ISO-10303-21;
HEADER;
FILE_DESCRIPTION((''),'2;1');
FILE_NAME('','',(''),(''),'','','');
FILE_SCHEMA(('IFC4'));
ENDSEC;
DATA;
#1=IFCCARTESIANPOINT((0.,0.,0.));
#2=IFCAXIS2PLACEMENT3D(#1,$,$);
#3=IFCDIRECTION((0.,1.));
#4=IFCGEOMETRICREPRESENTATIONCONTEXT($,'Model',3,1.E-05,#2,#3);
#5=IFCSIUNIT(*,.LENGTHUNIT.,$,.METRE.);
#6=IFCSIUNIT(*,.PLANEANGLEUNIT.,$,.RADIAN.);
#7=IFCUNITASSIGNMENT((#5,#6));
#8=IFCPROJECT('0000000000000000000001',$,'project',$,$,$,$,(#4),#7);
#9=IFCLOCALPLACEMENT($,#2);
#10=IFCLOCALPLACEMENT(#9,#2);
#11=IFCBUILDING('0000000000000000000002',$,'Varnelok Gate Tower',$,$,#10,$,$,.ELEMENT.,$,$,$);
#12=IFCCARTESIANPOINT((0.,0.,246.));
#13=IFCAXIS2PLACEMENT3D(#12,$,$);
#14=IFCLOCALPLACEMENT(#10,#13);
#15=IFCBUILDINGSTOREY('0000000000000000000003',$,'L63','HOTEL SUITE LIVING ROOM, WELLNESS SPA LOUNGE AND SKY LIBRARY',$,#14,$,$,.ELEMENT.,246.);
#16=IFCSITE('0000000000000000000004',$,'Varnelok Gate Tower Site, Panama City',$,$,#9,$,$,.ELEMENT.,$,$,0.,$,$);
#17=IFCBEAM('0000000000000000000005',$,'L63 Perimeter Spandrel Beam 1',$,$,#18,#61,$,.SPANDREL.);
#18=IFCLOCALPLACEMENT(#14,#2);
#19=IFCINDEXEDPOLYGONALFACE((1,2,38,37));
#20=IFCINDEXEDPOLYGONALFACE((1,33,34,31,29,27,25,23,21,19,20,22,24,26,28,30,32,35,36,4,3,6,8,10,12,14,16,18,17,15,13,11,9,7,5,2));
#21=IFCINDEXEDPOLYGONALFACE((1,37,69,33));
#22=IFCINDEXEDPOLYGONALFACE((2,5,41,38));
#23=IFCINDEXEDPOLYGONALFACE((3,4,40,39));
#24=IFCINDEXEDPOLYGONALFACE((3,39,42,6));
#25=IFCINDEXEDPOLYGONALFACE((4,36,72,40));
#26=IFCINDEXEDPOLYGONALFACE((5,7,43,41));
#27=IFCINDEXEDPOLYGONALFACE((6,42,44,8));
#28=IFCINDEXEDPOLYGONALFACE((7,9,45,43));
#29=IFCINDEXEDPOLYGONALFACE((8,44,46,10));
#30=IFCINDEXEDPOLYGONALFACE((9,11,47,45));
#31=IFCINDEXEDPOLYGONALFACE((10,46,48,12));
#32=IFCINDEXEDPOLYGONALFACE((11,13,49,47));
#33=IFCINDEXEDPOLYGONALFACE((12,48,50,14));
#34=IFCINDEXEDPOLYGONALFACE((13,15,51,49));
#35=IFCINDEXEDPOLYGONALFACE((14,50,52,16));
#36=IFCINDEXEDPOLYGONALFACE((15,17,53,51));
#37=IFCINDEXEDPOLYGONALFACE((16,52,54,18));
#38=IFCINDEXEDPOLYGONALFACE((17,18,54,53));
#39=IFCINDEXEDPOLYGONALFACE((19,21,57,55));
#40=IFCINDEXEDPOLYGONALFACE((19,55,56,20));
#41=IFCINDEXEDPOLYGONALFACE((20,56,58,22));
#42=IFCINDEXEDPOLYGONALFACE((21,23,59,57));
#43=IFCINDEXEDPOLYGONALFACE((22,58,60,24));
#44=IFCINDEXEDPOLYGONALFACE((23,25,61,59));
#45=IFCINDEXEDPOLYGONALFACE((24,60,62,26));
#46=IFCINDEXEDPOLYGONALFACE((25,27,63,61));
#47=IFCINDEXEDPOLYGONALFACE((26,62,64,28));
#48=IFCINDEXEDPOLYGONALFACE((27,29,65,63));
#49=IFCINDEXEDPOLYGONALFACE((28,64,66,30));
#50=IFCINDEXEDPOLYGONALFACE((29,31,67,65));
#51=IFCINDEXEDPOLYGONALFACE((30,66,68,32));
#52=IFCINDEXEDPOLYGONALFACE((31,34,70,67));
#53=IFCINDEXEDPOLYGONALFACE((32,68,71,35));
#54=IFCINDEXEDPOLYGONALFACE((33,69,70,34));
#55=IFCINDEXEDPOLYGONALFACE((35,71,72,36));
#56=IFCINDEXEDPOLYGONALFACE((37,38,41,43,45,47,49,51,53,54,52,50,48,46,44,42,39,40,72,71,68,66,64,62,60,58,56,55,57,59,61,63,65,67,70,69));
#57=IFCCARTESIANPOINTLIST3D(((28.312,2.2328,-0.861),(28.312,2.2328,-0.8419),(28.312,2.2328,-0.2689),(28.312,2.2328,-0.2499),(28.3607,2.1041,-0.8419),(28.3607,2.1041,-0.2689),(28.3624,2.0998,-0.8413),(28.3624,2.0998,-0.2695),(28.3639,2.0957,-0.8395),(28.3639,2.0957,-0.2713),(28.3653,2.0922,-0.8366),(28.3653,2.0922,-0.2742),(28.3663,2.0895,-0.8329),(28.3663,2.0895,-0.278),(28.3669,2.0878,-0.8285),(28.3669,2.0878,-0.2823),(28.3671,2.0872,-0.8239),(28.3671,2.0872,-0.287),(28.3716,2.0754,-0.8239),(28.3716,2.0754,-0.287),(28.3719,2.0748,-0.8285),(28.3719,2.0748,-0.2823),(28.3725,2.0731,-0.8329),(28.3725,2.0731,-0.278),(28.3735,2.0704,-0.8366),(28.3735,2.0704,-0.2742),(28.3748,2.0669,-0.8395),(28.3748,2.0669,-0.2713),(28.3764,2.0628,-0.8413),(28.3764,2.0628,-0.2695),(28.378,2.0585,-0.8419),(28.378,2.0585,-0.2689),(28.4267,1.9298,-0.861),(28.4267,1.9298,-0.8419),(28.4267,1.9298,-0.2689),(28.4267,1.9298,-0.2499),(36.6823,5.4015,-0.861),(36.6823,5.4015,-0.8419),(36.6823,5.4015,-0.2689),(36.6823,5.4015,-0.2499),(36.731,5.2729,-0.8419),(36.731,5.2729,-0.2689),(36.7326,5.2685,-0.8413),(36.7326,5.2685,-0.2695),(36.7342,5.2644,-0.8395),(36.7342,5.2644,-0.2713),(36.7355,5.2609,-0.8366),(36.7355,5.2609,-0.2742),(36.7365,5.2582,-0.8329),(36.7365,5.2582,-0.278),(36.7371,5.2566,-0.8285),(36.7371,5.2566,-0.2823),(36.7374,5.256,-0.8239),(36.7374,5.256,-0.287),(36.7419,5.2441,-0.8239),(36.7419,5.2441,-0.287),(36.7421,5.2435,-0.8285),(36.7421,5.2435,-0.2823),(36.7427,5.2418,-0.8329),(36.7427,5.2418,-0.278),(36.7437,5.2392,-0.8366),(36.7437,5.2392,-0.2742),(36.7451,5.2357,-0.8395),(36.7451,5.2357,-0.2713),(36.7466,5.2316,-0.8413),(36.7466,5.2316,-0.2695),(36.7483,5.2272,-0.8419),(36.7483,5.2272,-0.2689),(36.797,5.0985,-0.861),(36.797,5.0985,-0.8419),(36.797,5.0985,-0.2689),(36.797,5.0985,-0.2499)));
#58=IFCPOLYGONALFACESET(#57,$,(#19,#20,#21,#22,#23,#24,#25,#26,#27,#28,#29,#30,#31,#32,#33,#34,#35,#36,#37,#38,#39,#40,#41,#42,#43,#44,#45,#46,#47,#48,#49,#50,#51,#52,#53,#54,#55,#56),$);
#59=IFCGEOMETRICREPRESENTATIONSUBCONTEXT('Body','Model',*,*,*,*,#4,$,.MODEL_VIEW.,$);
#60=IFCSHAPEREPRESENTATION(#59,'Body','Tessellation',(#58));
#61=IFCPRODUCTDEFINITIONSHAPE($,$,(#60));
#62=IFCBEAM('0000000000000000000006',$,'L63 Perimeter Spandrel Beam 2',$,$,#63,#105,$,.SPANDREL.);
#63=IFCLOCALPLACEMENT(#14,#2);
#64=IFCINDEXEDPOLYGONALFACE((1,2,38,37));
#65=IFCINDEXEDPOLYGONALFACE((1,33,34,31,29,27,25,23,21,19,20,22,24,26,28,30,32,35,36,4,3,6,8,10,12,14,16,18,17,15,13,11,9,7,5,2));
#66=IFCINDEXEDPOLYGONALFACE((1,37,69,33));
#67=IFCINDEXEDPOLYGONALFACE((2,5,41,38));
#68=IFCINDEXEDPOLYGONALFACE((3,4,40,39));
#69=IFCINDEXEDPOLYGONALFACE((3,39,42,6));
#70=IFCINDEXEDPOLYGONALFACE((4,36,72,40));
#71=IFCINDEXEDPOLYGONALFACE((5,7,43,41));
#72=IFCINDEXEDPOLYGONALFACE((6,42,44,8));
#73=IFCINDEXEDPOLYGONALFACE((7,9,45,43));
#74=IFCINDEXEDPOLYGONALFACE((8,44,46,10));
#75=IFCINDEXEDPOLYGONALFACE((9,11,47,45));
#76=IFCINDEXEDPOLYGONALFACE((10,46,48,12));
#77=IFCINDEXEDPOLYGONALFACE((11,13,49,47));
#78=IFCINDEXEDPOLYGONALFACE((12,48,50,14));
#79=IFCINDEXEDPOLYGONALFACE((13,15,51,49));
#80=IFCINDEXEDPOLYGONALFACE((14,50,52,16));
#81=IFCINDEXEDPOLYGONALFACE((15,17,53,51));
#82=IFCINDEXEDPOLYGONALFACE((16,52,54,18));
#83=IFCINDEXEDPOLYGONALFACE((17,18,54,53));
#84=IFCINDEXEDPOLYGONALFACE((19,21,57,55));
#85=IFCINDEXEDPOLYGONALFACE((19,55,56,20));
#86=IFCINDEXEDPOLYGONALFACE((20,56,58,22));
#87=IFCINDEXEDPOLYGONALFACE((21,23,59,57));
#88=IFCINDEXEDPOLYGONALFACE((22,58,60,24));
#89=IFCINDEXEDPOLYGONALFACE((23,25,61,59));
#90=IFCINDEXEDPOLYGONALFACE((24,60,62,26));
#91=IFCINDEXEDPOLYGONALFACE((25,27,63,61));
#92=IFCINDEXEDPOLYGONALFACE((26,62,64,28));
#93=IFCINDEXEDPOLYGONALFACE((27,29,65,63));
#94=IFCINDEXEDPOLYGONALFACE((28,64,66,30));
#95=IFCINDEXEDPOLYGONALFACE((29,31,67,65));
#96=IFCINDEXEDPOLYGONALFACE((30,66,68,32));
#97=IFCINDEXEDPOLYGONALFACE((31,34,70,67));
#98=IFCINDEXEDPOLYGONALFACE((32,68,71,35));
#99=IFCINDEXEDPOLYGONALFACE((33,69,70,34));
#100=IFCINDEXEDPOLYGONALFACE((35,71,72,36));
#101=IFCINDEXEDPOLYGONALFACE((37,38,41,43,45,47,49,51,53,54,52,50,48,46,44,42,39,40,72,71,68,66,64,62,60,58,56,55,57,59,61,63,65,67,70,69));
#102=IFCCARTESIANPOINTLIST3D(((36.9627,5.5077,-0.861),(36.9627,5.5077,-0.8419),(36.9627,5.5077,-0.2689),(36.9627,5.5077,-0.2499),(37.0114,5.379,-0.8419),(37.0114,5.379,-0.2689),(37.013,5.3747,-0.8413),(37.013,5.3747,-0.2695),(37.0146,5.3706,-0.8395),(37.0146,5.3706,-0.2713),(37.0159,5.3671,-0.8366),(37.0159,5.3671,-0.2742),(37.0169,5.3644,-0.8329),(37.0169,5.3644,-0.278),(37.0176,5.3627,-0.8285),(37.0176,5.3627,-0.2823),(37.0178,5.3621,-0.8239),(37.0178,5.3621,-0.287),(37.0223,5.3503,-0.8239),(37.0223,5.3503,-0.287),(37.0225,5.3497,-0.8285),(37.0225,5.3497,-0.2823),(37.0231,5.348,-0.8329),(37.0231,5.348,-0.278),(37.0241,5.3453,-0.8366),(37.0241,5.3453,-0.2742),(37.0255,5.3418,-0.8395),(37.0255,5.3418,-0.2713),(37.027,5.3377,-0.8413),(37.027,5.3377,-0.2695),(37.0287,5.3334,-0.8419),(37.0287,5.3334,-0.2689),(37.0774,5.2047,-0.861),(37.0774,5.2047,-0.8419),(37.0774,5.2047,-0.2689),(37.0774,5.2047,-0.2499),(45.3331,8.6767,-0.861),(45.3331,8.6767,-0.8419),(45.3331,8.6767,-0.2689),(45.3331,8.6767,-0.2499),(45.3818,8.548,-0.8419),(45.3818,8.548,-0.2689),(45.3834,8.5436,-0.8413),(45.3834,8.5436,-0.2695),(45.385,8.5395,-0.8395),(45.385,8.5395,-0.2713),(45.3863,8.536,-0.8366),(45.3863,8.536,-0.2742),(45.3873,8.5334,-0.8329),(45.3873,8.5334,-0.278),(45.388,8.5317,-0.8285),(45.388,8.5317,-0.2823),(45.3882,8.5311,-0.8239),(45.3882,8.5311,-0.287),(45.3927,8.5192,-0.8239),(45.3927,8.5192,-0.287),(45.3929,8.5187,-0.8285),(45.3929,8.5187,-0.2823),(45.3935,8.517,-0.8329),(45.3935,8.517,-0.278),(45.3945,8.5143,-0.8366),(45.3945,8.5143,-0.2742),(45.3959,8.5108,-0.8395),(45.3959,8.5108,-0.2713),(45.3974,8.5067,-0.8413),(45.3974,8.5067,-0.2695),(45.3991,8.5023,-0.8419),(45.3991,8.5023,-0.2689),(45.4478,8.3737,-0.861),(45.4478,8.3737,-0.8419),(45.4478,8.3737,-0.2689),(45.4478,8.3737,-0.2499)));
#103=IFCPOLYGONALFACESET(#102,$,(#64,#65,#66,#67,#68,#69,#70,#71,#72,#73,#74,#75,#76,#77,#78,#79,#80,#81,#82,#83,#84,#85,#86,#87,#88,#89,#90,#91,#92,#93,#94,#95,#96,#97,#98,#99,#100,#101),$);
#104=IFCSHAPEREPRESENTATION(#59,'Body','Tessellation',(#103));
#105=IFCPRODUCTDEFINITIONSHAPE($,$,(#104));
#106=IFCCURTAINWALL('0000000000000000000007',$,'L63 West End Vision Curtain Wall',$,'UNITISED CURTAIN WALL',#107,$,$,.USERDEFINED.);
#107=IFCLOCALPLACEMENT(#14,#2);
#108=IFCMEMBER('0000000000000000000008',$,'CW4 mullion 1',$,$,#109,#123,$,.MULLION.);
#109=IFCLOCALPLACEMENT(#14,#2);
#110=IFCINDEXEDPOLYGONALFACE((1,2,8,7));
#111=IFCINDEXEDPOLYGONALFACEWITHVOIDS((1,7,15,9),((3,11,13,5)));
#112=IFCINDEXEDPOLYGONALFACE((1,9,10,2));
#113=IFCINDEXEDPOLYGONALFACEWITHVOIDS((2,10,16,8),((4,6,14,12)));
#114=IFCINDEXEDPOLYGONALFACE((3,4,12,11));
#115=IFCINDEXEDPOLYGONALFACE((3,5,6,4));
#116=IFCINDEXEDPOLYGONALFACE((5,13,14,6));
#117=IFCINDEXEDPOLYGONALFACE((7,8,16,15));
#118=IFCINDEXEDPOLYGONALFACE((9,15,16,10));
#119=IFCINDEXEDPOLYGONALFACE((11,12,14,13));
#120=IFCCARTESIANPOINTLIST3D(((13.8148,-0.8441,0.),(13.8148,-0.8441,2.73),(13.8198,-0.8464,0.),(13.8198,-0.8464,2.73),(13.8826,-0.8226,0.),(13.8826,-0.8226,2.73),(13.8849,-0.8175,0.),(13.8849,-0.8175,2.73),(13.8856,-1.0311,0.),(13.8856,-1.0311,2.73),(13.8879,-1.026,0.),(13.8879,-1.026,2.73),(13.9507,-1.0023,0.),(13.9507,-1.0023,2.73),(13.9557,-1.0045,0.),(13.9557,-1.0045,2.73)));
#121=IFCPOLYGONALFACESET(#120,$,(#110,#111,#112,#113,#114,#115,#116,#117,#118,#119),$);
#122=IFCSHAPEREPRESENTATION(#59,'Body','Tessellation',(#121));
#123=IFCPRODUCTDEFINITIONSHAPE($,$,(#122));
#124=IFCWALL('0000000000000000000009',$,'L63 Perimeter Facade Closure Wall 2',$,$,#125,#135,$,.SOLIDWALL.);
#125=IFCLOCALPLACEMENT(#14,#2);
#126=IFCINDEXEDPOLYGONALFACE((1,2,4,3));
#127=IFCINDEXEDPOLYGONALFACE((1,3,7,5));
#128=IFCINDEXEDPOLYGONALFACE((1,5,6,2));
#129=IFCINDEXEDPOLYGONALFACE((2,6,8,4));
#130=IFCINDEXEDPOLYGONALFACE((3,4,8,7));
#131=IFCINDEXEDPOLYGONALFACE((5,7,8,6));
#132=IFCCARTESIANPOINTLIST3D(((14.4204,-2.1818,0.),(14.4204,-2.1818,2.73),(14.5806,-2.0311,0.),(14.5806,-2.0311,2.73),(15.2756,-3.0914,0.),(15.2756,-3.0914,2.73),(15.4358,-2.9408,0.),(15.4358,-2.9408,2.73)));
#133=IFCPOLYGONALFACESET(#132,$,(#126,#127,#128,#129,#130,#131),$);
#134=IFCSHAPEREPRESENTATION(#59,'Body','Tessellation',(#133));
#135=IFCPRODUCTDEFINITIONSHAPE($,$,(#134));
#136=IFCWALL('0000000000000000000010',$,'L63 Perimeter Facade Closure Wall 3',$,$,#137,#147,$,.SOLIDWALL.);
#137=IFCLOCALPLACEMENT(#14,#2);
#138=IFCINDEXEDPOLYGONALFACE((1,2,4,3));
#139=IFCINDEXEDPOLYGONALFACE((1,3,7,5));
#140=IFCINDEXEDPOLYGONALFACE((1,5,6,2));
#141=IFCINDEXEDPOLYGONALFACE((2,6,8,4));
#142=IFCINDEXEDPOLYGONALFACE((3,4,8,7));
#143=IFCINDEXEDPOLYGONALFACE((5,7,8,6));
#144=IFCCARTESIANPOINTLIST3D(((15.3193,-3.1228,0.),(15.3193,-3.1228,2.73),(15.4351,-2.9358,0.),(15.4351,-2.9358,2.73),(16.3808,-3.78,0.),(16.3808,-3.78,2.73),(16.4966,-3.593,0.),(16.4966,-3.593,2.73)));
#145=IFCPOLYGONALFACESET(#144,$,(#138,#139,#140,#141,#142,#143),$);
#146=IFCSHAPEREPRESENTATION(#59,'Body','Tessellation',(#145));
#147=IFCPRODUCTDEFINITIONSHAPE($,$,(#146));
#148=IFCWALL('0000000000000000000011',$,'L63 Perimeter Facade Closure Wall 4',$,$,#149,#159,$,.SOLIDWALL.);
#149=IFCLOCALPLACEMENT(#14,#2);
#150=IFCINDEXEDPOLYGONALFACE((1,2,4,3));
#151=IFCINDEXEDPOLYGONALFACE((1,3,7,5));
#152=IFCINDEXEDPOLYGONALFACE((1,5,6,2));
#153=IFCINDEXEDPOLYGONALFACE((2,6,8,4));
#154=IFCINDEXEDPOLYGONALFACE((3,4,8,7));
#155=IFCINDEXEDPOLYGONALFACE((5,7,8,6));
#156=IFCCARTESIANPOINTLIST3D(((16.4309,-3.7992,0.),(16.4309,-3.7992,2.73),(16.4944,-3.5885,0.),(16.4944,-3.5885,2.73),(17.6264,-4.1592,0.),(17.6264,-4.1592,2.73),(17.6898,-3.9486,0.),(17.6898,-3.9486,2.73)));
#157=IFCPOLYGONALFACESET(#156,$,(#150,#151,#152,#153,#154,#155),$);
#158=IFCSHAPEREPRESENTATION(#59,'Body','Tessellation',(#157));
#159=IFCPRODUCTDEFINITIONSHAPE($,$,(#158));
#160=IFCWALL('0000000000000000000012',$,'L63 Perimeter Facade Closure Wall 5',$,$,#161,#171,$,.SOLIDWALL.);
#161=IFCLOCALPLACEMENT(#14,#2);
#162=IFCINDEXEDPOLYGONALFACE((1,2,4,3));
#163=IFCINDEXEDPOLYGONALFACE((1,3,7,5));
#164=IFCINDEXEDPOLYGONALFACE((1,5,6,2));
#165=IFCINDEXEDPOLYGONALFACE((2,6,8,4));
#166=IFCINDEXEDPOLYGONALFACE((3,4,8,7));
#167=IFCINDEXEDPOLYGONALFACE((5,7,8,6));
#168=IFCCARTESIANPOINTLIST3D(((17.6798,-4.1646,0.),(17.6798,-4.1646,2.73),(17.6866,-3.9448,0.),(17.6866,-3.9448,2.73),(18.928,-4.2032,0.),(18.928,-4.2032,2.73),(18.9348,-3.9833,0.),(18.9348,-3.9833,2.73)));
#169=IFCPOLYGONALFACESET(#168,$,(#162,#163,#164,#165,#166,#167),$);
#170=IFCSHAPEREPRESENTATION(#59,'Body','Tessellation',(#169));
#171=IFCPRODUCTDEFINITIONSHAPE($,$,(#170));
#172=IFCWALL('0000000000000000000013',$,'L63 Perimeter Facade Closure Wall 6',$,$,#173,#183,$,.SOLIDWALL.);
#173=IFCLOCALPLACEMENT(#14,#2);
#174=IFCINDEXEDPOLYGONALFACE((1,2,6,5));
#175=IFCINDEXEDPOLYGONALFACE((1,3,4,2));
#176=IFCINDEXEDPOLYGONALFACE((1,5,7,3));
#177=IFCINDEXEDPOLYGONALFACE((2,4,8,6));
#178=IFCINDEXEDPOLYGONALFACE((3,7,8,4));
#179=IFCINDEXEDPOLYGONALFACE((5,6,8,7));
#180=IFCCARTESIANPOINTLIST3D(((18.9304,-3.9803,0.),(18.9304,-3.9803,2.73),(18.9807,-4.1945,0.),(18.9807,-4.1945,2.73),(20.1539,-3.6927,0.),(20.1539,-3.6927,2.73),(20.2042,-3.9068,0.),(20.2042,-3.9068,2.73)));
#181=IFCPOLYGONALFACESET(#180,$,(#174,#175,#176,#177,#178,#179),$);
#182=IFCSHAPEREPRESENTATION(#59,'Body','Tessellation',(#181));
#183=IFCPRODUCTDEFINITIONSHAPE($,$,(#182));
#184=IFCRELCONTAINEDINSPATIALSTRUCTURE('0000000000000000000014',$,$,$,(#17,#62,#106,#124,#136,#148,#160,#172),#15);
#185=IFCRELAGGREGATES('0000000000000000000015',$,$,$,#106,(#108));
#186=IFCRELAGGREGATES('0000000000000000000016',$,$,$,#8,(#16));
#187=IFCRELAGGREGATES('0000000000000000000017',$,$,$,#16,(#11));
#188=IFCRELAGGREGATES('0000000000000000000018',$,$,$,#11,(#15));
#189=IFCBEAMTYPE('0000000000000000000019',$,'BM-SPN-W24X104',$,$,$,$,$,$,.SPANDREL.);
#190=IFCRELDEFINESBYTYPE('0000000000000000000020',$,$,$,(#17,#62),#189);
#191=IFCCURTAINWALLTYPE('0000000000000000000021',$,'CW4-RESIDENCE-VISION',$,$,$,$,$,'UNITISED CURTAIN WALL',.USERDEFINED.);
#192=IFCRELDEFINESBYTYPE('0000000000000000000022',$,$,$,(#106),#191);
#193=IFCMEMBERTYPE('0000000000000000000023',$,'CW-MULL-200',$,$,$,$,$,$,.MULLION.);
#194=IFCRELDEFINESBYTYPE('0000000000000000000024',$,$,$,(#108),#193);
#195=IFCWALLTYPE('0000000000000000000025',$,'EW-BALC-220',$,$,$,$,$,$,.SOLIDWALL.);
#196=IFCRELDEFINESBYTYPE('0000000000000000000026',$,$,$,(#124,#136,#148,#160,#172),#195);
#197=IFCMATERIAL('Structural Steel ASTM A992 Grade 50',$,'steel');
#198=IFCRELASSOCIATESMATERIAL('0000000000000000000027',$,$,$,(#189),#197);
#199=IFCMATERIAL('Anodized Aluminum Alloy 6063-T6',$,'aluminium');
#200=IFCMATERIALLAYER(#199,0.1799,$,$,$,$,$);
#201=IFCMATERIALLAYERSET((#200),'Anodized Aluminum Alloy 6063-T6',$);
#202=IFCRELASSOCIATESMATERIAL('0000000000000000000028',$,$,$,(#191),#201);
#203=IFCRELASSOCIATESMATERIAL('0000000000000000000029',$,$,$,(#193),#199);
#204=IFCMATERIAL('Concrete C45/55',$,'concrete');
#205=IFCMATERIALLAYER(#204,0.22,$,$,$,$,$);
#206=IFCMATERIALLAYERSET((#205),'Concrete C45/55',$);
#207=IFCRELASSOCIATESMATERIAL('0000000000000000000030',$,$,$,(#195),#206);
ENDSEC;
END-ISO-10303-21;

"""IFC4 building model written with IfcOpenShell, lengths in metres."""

from ifc_helpers import new_model, si_unit, direction, frame, frame_2d, origin, origin_2d, place, context, subcontext, project, spatial, rectangle, hollow_rectangle, i_section, extrude, material, layer, layer_set, material_profile, profile_set, type_object, element, aggregate, save


model = new_model("IFC4")

# Units and contexts
model_context = context("Model", 3, precision=1e-05, world=origin(), true_north=direction((0.0, 1.0)))
body_context = subcontext(model_context, "Body", "Model", "MODEL_VIEW")
ifc_project = project(units=[si_unit("LENGTHUNIT", "METRE"), si_unit("PLANEANGLEUNIT", "RADIAN")], contexts=[model_context])

# Site, building, storey
site_placement = place(None, origin())
site = spatial("IfcSite", under=ifc_project, at=site_placement, Name="Varnelok Gate Tower Site, Panama City", CompositionType="ELEMENT", RefElevation=0.0)
building_placement = place(site_placement, origin())
building = spatial("IfcBuilding", under=site, at=building_placement, Name="Varnelok Gate Tower", CompositionType="ELEMENT")
storey_placement = place(building_placement, frame((0.0, 0.0, 246.0)))
storey = spatial("IfcBuildingStorey", under=building, at=storey_placement, Name="L63", Description="HOTEL SUITE LIVING ROOM, WELLNESS SPA LOUNGE AND SKY LIBRARY", CompositionType="ELEMENT", Elevation=246.0)

# Shared definitions
ifc_material_1 = material(Name="Structural Steel ASTM A992 Grade 50", Category="steel")

# Beams
ifc_material_profile_1 = material_profile(ifc_material_1, i_section(OverallWidth=0.324, OverallDepth=0.6111, WebThickness=0.0127, FlangeThickness=0.019, FilletRadius=0.0181, at=origin_2d()), Name="W24X104")
ifc_profile_set_1 = profile_set([ifc_material_profile_1], Name="Structural Steel ASTM A992 Grade 50")
beam_type_1 = type_object("IfcBeamType", Name="BM-SPN-W24X104", PredefinedType="SPANDREL", material=ifc_profile_set_1)
beam_1_placement = place(storey_placement, frame((28.3694, 2.0813, -0.5554), z_axis=(0.935226, 0.354051, 0.0), x_axis=(-0.354051, 0.935226, 0.0)))
element("IfcBeam", 1, at=beam_1_placement, inside=storey, type_object=beam_type_1, Name="L63 Perimeter Spandrel Beam 1", PredefinedType="SPANDREL", context=body_context, shape_type="SweptSolid", body=[
    extrude(i_section(OverallWidth=0.324, OverallDepth=0.6111, WebThickness=0.0127, FlangeThickness=0.019, FilletRadius=0.0181, at=origin_2d()), origin(), (0.0, 0.0, 1.0), 8.95),
])
beam_2_placement = place(storey_placement, frame((37.02, 5.3562, -0.5554), z_axis=(0.93522, 0.354066, 0.0), x_axis=(-0.354066, 0.93522, 0.0)))
element("IfcBeam", 2, at=beam_2_placement, inside=storey, type_object=beam_type_1, Name="L63 Perimeter Spandrel Beam 2", PredefinedType="SPANDREL", context=body_context, shape_type="SweptSolid", body=[
    extrude(i_section(OverallWidth=0.324, OverallDepth=0.6111, WebThickness=0.0127, FlangeThickness=0.019, FilletRadius=0.0181, at=origin_2d()), origin(), (0.0, 0.0, 1.0), 8.9502),
])

# Curtain wall, member
ifc_material_2 = material(Name="Anodized Aluminum Alloy 6063-T6", Category="aluminium")
ifc_layer_1 = layer(ifc_material_2, 0.1799)
ifc_layer_set_1 = layer_set([ifc_layer_1], Name="Anodized Aluminum Alloy 6063-T6")
curtain_wall_type = type_object("IfcCurtainWallType", Name="CW4-RESIDENCE-VISION", ElementType="UNITISED CURTAIN WALL", PredefinedType="USERDEFINED", material=ifc_layer_set_1)
curtain_wall_placement = place(storey_placement, origin())
curtain_wall = element("IfcCurtainWall", 3, at=curtain_wall_placement, inside=storey, type_object=curtain_wall_type, Name="L63 West End Vision Curtain Wall", ObjectType="UNITISED CURTAIN WALL", PredefinedType="USERDEFINED")
ifc_material_profile_2 = material_profile(ifc_material_2, hollow_rectangle(XDim=0.075, YDim=0.2, WallThickness=0.0039, at=origin_2d()), Name="ALU200X75X4")
ifc_profile_set_2 = profile_set([ifc_material_profile_2], Name="Anodized Aluminum Alloy 6063-T6")
member_type = type_object("IfcMemberType", Name="CW-MULL-200", PredefinedType="MULLION", material=ifc_profile_set_2)
member_placement = place(storey_placement, frame((13.8853, -0.9243, 0.0), z_axis=(0.0, 0.0, 1.0), x_axis=(-0.935222, -0.354063, 0.0)))
member = element("IfcMember", 4, at=member_placement, type_object=member_type, Name="CW4 mullion 1", PredefinedType="MULLION", context=body_context, shape_type="SweptSolid", body=[
    extrude(hollow_rectangle(XDim=0.075, YDim=0.2, WallThickness=0.0039, at=origin_2d()), origin(), (0.0, 0.0, 1.0), 2.73),
])
aggregate(curtain_wall, [member])

# Walls
ifc_material_3 = material(Name="Concrete C45/55", Category="concrete")
ifc_layer_2 = layer(ifc_material_3, 0.22)
ifc_layer_set_2 = layer_set([ifc_layer_2], Name="Concrete C45/55")
wall_type_1 = type_object("IfcWallType", Name="EW-BALC-220", PredefinedType="SOLIDWALL", material=ifc_layer_set_2)
for number, where, z_axis, x_axis, name in (
    (5, (14.5005, -2.1064, 0.0), (0.0, 0.0, 1.0), (0.684968, -0.728573, 0.0), "L63 Perimeter Facade Closure Wall 2"),
    (6, (15.3772, -3.0293, 0.0), (0.0, 0.0, 1.0), (0.850232, -0.526408, 0.0), "L63 Perimeter Facade Closure Wall 3"),
    (7, (16.4626, -3.6938, 0.0), (0.0, 0.0, 1.0), (0.957508, -0.288406, 0.0), "L63 Perimeter Facade Closure Wall 4"),
):
    element("IfcWall", number, at=place(storey_placement, frame(where, z_axis=z_axis, x_axis=x_axis)), inside=storey, type_object=wall_type_1, Name=name, PredefinedType="SOLIDWALL", context=body_context, shape_type="SweptSolid", body=[
        extrude(rectangle(XDim=1.2485, YDim=0.22, at=frame_2d((0.6243, 0.0))), origin(), (0.0, 0.0, 1.0), 2.73),
    ])
wall_1_placement = place(storey_placement, frame((17.6831, -4.0547, 0.0), z_axis=(0.0, 0.0, 1.0), x_axis=(0.999523, -0.030887, 0.0)))
element("IfcWall", 8, at=wall_1_placement, inside=storey, type_object=wall_type_1, Name="L63 Perimeter Facade Closure Wall 5", PredefinedType="SOLIDWALL", context=body_context, shape_type="SweptSolid", body=[
    extrude(rectangle(XDim=1.2488, YDim=0.22, at=frame_2d((0.6245, 0.0))), origin(), (0.0, 0.0, 1.0), 2.73),
])
wall_2_placement = place(storey_placement, frame((18.9556, -4.0874, 0.0), z_axis=(0.0, 0.0, 1.0), x_axis=(0.973463, 0.228844, 0.0)))
element("IfcWall", 9, at=wall_2_placement, inside=storey, type_object=wall_type_1, Name="L63 Perimeter Facade Closure Wall 6", PredefinedType="SOLIDWALL", context=body_context, shape_type="SweptSolid", body=[
    extrude(rectangle(XDim=1.2568, YDim=0.22, at=frame_2d((0.6284, 0.0))), origin(), (0.0, 0.0, 1.0), 2.73),
])

save(model, "model.ifc")
